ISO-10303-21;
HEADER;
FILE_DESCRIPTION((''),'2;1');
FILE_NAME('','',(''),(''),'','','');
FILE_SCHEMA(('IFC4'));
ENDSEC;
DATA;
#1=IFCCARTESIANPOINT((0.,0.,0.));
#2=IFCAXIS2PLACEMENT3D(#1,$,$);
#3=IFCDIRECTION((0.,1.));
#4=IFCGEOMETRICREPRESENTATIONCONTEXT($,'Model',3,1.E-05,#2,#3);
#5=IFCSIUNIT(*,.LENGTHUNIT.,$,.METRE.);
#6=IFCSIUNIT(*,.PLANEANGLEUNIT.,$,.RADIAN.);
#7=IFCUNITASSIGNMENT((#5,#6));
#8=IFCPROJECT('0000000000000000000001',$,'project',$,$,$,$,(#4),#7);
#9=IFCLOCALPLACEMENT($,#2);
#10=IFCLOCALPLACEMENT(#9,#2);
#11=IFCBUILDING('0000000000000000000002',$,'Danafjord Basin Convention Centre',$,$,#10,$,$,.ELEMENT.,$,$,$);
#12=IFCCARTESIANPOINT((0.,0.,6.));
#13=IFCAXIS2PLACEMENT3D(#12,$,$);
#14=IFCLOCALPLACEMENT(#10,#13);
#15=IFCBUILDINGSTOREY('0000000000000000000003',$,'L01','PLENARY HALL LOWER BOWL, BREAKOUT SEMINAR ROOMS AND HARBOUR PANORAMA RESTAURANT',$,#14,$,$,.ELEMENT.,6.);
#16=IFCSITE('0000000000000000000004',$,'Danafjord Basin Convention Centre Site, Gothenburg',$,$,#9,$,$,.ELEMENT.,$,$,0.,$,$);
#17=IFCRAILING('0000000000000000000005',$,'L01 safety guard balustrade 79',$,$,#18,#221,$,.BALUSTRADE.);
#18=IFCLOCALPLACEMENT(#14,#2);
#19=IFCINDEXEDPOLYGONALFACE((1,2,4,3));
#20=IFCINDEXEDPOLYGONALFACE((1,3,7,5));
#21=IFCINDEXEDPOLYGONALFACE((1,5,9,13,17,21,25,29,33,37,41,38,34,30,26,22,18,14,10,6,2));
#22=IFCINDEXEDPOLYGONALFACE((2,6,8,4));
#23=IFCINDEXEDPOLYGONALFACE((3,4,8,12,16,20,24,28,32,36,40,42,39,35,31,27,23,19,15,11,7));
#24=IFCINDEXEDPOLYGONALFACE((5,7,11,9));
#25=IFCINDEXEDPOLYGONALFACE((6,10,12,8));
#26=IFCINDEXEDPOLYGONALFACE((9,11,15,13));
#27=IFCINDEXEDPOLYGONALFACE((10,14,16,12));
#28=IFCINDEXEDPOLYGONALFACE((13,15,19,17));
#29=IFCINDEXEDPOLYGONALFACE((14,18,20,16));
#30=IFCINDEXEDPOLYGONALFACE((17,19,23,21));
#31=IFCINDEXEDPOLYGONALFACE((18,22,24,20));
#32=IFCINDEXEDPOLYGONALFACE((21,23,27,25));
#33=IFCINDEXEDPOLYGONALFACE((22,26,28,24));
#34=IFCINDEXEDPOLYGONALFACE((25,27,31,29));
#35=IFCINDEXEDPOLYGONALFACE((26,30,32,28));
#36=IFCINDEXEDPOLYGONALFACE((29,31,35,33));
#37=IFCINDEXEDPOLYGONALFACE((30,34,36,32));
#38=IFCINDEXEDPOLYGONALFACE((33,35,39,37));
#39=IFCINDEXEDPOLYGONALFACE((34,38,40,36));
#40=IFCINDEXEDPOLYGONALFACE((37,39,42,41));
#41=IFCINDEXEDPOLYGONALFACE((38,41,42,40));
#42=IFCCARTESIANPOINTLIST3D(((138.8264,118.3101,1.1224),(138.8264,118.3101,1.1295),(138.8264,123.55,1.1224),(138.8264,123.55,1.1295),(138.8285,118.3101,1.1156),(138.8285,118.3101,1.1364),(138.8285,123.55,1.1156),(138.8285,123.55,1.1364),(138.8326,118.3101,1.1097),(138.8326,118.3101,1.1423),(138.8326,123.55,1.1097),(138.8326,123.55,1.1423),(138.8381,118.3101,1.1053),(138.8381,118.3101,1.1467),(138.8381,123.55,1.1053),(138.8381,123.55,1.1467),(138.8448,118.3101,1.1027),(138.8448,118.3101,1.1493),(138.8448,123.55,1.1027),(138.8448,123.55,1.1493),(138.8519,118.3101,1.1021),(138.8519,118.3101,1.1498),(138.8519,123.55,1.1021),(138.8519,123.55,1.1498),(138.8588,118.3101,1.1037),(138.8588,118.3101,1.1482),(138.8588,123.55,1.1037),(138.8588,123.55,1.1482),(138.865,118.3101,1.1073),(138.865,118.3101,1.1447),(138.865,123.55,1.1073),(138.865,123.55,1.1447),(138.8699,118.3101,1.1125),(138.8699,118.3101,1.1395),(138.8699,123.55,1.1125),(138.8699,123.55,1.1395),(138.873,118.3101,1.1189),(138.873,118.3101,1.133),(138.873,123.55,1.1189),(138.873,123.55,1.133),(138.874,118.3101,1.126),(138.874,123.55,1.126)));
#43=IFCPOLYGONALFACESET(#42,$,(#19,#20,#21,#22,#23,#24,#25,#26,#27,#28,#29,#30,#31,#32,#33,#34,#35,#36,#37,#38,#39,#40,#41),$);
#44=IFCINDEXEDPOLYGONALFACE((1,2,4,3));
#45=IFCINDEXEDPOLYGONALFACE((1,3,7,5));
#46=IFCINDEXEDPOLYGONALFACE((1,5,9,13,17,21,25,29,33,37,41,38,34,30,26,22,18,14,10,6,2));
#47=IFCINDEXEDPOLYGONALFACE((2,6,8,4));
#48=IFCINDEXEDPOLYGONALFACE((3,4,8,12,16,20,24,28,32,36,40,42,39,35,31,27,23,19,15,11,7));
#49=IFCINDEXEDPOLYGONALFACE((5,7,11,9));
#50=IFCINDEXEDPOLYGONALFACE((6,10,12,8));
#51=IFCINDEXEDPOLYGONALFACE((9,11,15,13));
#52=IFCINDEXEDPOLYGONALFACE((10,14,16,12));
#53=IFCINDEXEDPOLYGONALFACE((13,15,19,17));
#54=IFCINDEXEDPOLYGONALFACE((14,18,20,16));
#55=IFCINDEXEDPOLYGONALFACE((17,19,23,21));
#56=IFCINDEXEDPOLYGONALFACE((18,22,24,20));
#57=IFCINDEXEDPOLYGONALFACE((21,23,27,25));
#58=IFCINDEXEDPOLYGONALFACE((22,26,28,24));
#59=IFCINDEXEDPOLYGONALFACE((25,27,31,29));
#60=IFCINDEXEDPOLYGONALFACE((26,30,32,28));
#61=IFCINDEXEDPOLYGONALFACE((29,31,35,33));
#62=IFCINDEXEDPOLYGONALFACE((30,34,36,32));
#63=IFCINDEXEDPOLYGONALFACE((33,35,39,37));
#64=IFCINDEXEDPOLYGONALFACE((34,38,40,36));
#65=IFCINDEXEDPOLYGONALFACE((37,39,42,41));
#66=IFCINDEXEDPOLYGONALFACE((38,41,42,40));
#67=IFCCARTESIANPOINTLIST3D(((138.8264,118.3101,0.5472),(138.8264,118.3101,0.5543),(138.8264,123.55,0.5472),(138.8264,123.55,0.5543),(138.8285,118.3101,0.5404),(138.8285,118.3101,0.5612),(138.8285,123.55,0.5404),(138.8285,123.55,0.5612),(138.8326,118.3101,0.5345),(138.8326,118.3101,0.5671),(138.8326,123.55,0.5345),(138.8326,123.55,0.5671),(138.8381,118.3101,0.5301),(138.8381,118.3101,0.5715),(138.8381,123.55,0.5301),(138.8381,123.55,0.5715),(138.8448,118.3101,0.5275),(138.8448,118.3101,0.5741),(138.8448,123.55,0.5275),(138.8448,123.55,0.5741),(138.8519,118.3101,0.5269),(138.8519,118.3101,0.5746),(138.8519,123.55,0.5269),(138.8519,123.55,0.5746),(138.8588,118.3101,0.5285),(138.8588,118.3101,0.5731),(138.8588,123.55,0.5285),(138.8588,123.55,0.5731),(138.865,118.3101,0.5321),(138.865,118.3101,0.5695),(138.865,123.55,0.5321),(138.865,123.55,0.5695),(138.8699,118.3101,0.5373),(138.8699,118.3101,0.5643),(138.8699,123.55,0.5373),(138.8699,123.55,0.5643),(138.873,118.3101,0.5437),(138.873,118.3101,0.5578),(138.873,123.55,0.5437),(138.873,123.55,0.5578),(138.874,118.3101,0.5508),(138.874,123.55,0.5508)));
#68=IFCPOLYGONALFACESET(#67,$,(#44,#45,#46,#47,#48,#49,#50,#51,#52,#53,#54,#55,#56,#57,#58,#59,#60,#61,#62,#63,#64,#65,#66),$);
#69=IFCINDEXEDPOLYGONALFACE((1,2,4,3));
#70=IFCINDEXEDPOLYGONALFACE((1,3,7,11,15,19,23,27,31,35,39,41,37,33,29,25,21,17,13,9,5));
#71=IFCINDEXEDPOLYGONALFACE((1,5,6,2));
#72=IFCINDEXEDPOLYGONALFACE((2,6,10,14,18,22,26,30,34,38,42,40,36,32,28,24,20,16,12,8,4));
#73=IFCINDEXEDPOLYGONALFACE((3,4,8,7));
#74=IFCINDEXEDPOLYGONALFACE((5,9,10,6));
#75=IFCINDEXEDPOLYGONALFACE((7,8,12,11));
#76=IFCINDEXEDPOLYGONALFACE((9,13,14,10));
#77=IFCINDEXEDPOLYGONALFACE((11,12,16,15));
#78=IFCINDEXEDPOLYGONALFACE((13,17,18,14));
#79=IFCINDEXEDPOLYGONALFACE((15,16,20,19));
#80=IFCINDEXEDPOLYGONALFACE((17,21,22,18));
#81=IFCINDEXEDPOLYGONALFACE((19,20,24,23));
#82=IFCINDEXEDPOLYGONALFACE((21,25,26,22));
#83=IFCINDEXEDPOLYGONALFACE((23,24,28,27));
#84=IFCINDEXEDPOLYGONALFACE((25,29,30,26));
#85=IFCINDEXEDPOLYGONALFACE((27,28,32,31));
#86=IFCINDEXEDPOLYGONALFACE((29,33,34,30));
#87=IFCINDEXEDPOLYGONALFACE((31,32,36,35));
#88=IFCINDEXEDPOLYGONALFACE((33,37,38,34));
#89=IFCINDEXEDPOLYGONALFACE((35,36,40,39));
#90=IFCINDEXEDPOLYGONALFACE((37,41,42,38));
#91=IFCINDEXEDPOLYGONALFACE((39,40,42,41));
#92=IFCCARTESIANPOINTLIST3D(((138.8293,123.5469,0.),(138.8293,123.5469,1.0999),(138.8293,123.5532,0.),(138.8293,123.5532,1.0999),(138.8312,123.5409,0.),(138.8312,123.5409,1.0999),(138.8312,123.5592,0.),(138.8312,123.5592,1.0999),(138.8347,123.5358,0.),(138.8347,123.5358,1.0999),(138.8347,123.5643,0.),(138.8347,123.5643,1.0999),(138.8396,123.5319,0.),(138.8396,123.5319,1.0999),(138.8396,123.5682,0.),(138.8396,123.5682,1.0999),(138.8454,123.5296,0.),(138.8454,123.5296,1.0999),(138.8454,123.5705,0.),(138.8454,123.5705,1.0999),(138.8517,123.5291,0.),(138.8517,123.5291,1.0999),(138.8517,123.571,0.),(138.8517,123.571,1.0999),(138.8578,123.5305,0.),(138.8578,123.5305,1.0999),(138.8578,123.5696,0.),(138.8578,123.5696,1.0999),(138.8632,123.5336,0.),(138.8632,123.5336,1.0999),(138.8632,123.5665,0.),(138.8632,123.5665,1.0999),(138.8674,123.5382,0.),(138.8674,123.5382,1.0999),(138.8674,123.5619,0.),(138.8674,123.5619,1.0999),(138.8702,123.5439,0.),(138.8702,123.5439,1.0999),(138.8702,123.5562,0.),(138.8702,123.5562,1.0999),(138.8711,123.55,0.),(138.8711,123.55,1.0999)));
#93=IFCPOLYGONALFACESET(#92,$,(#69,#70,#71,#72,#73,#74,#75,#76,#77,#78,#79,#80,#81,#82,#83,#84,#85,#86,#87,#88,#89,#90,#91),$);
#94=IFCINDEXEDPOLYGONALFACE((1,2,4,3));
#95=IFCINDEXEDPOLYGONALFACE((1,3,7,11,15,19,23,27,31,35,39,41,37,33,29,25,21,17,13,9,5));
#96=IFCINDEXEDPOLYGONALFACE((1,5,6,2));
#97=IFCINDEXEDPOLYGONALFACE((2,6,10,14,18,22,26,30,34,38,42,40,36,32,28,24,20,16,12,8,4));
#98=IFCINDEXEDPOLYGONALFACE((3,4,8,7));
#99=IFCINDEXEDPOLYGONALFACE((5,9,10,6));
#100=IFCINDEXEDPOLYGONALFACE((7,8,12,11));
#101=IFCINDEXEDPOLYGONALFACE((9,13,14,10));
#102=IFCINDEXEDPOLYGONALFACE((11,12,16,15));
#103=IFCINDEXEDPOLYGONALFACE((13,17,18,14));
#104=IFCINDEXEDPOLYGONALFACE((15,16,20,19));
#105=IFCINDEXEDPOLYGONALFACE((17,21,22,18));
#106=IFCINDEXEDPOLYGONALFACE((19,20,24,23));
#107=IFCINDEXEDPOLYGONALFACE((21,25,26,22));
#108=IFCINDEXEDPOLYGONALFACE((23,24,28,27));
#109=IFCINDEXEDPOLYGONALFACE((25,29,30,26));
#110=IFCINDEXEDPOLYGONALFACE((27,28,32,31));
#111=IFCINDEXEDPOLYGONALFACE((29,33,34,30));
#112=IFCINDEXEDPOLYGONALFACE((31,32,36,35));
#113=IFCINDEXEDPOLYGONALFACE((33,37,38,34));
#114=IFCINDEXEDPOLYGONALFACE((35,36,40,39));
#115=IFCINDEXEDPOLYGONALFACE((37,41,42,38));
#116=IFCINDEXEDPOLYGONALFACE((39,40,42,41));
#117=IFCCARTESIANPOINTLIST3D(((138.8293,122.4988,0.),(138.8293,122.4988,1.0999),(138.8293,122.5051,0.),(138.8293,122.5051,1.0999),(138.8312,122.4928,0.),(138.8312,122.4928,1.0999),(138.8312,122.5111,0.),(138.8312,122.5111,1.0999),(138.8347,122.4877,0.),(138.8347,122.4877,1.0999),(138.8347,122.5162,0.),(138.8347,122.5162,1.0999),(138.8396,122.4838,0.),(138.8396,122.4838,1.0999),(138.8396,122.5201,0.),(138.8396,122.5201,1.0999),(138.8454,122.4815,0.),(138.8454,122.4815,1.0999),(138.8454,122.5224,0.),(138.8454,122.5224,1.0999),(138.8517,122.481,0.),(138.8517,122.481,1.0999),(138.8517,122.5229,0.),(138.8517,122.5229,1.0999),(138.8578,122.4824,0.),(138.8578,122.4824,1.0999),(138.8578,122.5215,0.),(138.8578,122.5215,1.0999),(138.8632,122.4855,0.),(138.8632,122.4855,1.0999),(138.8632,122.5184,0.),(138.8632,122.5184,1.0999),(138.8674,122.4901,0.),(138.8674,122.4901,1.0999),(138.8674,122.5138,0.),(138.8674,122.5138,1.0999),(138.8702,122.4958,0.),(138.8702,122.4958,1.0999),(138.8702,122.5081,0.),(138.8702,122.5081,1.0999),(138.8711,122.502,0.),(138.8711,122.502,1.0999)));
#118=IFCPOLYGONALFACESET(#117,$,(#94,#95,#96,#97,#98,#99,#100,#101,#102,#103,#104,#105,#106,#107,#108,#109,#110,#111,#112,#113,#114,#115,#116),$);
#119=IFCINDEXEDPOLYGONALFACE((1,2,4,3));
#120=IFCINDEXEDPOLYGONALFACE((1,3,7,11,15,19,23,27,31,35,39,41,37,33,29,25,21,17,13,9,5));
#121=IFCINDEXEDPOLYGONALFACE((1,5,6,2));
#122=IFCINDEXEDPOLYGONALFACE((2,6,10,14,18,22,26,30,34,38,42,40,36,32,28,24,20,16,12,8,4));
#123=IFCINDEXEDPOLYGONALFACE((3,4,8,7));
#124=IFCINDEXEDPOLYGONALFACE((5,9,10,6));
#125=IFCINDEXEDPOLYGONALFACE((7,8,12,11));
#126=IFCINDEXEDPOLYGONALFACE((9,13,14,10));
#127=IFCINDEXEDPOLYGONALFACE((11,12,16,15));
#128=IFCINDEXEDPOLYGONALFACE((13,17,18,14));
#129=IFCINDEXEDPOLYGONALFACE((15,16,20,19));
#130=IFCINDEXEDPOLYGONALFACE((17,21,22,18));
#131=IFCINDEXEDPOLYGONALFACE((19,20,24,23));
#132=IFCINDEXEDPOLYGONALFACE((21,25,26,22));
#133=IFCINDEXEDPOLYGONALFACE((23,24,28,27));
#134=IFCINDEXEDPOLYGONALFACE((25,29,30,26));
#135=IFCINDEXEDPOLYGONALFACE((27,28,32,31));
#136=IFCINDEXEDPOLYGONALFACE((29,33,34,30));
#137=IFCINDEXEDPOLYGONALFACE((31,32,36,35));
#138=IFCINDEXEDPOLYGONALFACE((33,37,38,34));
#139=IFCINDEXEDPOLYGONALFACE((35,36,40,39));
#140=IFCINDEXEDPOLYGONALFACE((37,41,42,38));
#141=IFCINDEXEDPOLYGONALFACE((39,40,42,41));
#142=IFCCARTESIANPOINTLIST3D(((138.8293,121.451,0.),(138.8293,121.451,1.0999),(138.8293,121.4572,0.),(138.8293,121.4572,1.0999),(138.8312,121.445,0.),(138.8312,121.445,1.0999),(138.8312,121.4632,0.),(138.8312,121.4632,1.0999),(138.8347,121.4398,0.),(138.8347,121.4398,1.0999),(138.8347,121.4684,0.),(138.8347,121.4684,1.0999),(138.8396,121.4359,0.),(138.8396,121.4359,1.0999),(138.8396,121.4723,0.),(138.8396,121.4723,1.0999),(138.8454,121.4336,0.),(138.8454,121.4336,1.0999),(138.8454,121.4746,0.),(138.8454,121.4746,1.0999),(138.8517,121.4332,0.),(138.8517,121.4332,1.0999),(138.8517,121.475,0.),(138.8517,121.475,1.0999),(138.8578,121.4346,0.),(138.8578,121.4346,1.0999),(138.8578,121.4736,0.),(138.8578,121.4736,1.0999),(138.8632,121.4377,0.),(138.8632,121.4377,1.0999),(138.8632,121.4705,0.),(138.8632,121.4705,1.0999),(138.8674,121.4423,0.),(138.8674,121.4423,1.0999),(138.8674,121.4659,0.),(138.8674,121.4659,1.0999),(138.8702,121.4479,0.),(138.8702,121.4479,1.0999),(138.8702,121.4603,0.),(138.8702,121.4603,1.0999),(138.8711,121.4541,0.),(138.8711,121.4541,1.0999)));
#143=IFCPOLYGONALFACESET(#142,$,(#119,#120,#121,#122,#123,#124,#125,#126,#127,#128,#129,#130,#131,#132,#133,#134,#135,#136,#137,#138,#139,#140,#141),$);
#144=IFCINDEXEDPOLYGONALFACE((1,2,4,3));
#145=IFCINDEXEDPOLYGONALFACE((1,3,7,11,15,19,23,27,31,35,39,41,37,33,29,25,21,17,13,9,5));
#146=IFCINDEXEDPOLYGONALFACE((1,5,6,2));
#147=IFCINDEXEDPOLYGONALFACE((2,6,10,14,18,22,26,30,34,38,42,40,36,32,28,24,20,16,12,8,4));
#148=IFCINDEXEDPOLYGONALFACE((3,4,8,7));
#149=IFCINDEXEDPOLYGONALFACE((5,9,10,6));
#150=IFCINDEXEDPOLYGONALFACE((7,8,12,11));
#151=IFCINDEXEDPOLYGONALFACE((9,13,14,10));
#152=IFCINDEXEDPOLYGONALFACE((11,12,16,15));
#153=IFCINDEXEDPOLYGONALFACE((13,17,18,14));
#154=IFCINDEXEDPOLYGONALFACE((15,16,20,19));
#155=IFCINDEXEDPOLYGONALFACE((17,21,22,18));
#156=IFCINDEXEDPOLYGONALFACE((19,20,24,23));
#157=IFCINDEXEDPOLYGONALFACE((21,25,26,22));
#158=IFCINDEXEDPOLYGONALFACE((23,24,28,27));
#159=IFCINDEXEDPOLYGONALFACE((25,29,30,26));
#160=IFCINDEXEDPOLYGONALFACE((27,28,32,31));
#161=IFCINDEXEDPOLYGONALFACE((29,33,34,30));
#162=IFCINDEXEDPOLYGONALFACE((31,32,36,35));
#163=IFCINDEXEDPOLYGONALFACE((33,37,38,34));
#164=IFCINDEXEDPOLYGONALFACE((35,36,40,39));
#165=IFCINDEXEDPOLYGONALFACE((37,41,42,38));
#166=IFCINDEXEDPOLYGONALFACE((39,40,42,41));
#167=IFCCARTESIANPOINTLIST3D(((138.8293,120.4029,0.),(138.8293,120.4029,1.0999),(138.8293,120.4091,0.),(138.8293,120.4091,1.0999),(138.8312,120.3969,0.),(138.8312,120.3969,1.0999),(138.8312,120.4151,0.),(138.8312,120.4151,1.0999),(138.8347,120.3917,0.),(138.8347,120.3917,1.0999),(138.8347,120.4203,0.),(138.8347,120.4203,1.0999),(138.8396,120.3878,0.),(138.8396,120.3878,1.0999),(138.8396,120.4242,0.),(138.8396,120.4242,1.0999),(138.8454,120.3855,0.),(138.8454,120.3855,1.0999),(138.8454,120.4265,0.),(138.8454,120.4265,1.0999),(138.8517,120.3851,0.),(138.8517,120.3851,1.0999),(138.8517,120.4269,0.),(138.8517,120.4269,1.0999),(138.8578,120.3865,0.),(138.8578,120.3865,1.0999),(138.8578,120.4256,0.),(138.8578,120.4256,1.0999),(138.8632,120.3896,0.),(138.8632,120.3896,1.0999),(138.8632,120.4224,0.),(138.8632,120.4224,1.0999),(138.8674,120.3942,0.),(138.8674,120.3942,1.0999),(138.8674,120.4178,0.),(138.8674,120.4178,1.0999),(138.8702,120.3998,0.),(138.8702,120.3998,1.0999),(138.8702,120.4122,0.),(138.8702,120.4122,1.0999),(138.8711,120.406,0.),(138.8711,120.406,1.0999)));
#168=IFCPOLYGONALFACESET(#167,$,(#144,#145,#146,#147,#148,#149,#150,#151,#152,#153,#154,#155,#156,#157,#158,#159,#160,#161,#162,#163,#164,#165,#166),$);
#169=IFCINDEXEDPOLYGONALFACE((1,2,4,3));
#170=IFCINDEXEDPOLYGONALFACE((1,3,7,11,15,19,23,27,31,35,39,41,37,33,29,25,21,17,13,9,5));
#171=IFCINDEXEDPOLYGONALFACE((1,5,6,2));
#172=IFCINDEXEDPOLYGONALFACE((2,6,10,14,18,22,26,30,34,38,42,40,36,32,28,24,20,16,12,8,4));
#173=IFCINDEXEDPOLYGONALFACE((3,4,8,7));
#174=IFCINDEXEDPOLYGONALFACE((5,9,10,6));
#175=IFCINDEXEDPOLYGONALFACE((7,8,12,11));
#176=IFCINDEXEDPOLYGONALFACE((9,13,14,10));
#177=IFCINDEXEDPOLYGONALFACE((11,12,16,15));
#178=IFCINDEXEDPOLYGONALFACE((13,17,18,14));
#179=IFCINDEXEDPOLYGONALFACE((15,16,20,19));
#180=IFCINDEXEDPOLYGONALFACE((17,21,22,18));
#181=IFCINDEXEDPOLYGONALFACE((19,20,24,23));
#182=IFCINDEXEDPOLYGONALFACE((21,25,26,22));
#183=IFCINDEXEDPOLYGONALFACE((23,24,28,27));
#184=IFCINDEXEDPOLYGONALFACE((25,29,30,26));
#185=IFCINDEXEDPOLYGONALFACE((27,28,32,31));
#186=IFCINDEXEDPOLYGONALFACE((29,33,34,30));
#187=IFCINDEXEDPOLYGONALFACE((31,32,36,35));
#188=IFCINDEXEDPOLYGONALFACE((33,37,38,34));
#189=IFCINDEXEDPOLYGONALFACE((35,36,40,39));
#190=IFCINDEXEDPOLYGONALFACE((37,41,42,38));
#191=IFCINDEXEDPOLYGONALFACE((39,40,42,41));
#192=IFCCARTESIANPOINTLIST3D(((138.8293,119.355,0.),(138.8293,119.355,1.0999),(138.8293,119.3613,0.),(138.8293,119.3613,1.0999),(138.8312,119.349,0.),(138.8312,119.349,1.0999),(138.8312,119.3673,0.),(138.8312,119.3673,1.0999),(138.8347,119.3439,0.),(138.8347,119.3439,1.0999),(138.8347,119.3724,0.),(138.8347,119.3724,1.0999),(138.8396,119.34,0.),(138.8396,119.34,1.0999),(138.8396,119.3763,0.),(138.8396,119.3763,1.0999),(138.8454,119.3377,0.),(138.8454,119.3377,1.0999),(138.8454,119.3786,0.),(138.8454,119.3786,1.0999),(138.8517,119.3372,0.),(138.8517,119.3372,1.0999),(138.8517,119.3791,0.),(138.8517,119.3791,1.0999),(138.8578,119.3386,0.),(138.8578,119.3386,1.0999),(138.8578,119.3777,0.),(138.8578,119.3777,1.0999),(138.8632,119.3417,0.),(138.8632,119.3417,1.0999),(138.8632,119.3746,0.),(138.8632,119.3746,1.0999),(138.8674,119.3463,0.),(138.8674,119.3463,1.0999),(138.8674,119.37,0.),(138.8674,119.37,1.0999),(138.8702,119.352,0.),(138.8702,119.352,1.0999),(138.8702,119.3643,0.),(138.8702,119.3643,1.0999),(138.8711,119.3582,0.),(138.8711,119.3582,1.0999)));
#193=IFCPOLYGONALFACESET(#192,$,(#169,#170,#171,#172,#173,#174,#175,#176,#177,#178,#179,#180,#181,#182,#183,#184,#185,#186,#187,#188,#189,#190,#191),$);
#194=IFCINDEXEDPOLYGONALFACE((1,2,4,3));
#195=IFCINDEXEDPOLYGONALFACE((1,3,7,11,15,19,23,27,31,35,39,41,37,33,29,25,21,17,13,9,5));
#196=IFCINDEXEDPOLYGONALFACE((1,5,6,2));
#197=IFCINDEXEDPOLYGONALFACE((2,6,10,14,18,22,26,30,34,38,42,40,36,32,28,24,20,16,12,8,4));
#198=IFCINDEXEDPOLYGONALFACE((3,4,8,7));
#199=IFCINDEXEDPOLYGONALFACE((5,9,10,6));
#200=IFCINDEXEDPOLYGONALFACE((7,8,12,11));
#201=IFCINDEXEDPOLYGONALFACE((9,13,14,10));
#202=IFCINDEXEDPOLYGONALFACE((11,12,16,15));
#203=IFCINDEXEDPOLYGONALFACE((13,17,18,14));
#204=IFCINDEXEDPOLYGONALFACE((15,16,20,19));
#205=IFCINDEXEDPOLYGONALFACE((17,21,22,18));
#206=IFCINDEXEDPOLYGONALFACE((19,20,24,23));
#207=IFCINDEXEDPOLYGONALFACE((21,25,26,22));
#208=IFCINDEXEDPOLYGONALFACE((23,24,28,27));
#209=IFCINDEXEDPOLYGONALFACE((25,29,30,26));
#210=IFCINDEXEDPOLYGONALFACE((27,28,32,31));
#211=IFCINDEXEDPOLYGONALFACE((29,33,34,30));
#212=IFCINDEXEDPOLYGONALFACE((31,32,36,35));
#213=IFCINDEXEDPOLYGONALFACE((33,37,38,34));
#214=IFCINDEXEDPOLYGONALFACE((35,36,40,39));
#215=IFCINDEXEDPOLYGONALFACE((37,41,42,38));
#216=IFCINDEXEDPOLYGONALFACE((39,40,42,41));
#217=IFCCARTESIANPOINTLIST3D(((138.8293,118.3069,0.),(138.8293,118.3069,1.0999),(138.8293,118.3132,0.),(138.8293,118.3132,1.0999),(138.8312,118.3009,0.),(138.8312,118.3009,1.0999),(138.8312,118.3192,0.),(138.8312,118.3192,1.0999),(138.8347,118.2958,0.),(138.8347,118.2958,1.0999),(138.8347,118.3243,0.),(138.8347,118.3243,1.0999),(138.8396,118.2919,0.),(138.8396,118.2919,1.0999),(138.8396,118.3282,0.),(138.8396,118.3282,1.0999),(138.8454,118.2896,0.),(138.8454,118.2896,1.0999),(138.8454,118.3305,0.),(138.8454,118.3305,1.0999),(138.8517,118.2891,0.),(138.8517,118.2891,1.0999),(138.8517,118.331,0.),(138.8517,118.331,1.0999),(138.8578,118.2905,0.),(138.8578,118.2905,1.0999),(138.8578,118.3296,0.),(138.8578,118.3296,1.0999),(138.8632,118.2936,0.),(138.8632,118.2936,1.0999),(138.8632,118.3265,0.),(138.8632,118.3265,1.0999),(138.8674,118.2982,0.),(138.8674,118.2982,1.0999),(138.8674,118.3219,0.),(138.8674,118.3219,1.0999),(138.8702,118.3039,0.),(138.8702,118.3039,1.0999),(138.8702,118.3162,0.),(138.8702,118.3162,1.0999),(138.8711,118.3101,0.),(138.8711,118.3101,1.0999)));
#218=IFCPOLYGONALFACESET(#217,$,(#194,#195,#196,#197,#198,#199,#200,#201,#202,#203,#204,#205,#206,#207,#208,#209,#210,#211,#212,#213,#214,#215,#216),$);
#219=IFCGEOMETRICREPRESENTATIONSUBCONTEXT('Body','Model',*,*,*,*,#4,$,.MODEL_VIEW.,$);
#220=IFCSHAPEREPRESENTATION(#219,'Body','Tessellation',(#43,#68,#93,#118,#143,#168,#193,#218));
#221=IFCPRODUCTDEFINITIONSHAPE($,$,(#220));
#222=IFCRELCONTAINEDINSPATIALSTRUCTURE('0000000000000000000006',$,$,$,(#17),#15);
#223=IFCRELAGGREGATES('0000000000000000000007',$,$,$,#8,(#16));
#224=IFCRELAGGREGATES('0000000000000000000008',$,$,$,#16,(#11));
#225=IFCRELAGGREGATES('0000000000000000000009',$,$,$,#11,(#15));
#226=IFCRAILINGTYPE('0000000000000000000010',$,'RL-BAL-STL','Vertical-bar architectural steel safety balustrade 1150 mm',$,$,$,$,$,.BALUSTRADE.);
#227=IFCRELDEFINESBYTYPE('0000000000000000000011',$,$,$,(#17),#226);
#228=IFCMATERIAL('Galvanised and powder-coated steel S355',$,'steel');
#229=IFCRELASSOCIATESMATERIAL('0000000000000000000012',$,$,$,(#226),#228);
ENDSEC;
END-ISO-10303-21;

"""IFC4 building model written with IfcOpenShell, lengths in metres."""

from ifc_helpers import new_model, si_unit, direction, frame, origin, origin_2d, place, context, subcontext, project, spatial, circle, extrude, material, type_object, element, save


model = new_model("IFC4")

# Units and contexts
model_context = context("Model", 3, precision=1e-05, world=origin(), true_north=direction((0.0, 1.0)))
body_context = subcontext(model_context, "Body", "Model", "MODEL_VIEW")
ifc_project = project(units=[si_unit("LENGTHUNIT", "METRE"), si_unit("PLANEANGLEUNIT", "RADIAN")], contexts=[model_context])

# Site, building, storey
site_placement = place(None, origin())
site = spatial("IfcSite", under=ifc_project, at=site_placement, Name="Danafjord Basin Convention Centre Site, Gothenburg", CompositionType="ELEMENT", RefElevation=0.0)
building_placement = place(site_placement, origin())
building = spatial("IfcBuilding", under=site, at=building_placement, Name="Danafjord Basin Convention Centre", CompositionType="ELEMENT")
storey_placement = place(building_placement, frame((0.0, 0.0, 6.0)))
storey = spatial("IfcBuildingStorey", under=building, at=storey_placement, Name="L01", Description="PLENARY HALL LOWER BOWL, BREAKOUT SEMINAR ROOMS AND HARBOUR PANORAMA RESTAURANT", CompositionType="ELEMENT", Elevation=6.0)

# Railing
ifc_material_1 = material(Name="Galvanised and powder-coated steel S355", Category="steel")
railing_type_1 = type_object("IfcRailingType", Name="RL-BAL-STL", Description="Vertical-bar architectural steel safety balustrade 1150 mm", PredefinedType="BALUSTRADE", material=ifc_material_1)
railing_1_placement = place(storey_placement, frame((138.8501, 123.55, 0.0)))
element("IfcRailing", 1, at=railing_1_placement, inside=storey, type_object=railing_type_1, Name="L01 safety guard balustrade 79", PredefinedType="BALUSTRADE", context=body_context, shape_type="SweptSolid", body=[
    extrude(circle(Radius=0.0239, at=origin_2d()), frame((0.0, 0.0, 1.126), z_axis=(0.0, -1.0, 0.0), x_axis=(1.0, 0.0, 0.0)), (0.0, 0.0, 1.0), 5.24),
    extrude(circle(Radius=0.0239, at=origin_2d()), frame((0.0, 0.0, 0.5508), z_axis=(0.0, -1.0, 0.0), x_axis=(1.0, 0.0, 0.0)), (0.0, 0.0, 1.0), 5.24),
    extrude(circle(Radius=0.021, at=origin_2d()), origin(), (0.0, 0.0, 1.0), 1.0999),
    extrude(circle(Radius=0.021, at=origin_2d()), frame((0.0, -1.0481, 0.0)), (0.0, 0.0, 1.0), 1.0999),
    extrude(circle(Radius=0.021, at=origin_2d()), frame((0.0, -2.0959, 0.0)), (0.0, 0.0, 1.0), 1.0999),
    extrude(circle(Radius=0.021, at=origin_2d()), frame((0.0, -3.144, 0.0)), (0.0, 0.0, 1.0), 1.0999),
    extrude(circle(Radius=0.021, at=origin_2d()), frame((0.0, -4.1919, 0.0)), (0.0, 0.0, 1.0), 1.0999),
    extrude(circle(Radius=0.021, at=origin_2d()), frame((0.0, -5.24, 0.0)), (0.0, 0.0, 1.0), 1.0999),
])

save(model, "model.ifc")
